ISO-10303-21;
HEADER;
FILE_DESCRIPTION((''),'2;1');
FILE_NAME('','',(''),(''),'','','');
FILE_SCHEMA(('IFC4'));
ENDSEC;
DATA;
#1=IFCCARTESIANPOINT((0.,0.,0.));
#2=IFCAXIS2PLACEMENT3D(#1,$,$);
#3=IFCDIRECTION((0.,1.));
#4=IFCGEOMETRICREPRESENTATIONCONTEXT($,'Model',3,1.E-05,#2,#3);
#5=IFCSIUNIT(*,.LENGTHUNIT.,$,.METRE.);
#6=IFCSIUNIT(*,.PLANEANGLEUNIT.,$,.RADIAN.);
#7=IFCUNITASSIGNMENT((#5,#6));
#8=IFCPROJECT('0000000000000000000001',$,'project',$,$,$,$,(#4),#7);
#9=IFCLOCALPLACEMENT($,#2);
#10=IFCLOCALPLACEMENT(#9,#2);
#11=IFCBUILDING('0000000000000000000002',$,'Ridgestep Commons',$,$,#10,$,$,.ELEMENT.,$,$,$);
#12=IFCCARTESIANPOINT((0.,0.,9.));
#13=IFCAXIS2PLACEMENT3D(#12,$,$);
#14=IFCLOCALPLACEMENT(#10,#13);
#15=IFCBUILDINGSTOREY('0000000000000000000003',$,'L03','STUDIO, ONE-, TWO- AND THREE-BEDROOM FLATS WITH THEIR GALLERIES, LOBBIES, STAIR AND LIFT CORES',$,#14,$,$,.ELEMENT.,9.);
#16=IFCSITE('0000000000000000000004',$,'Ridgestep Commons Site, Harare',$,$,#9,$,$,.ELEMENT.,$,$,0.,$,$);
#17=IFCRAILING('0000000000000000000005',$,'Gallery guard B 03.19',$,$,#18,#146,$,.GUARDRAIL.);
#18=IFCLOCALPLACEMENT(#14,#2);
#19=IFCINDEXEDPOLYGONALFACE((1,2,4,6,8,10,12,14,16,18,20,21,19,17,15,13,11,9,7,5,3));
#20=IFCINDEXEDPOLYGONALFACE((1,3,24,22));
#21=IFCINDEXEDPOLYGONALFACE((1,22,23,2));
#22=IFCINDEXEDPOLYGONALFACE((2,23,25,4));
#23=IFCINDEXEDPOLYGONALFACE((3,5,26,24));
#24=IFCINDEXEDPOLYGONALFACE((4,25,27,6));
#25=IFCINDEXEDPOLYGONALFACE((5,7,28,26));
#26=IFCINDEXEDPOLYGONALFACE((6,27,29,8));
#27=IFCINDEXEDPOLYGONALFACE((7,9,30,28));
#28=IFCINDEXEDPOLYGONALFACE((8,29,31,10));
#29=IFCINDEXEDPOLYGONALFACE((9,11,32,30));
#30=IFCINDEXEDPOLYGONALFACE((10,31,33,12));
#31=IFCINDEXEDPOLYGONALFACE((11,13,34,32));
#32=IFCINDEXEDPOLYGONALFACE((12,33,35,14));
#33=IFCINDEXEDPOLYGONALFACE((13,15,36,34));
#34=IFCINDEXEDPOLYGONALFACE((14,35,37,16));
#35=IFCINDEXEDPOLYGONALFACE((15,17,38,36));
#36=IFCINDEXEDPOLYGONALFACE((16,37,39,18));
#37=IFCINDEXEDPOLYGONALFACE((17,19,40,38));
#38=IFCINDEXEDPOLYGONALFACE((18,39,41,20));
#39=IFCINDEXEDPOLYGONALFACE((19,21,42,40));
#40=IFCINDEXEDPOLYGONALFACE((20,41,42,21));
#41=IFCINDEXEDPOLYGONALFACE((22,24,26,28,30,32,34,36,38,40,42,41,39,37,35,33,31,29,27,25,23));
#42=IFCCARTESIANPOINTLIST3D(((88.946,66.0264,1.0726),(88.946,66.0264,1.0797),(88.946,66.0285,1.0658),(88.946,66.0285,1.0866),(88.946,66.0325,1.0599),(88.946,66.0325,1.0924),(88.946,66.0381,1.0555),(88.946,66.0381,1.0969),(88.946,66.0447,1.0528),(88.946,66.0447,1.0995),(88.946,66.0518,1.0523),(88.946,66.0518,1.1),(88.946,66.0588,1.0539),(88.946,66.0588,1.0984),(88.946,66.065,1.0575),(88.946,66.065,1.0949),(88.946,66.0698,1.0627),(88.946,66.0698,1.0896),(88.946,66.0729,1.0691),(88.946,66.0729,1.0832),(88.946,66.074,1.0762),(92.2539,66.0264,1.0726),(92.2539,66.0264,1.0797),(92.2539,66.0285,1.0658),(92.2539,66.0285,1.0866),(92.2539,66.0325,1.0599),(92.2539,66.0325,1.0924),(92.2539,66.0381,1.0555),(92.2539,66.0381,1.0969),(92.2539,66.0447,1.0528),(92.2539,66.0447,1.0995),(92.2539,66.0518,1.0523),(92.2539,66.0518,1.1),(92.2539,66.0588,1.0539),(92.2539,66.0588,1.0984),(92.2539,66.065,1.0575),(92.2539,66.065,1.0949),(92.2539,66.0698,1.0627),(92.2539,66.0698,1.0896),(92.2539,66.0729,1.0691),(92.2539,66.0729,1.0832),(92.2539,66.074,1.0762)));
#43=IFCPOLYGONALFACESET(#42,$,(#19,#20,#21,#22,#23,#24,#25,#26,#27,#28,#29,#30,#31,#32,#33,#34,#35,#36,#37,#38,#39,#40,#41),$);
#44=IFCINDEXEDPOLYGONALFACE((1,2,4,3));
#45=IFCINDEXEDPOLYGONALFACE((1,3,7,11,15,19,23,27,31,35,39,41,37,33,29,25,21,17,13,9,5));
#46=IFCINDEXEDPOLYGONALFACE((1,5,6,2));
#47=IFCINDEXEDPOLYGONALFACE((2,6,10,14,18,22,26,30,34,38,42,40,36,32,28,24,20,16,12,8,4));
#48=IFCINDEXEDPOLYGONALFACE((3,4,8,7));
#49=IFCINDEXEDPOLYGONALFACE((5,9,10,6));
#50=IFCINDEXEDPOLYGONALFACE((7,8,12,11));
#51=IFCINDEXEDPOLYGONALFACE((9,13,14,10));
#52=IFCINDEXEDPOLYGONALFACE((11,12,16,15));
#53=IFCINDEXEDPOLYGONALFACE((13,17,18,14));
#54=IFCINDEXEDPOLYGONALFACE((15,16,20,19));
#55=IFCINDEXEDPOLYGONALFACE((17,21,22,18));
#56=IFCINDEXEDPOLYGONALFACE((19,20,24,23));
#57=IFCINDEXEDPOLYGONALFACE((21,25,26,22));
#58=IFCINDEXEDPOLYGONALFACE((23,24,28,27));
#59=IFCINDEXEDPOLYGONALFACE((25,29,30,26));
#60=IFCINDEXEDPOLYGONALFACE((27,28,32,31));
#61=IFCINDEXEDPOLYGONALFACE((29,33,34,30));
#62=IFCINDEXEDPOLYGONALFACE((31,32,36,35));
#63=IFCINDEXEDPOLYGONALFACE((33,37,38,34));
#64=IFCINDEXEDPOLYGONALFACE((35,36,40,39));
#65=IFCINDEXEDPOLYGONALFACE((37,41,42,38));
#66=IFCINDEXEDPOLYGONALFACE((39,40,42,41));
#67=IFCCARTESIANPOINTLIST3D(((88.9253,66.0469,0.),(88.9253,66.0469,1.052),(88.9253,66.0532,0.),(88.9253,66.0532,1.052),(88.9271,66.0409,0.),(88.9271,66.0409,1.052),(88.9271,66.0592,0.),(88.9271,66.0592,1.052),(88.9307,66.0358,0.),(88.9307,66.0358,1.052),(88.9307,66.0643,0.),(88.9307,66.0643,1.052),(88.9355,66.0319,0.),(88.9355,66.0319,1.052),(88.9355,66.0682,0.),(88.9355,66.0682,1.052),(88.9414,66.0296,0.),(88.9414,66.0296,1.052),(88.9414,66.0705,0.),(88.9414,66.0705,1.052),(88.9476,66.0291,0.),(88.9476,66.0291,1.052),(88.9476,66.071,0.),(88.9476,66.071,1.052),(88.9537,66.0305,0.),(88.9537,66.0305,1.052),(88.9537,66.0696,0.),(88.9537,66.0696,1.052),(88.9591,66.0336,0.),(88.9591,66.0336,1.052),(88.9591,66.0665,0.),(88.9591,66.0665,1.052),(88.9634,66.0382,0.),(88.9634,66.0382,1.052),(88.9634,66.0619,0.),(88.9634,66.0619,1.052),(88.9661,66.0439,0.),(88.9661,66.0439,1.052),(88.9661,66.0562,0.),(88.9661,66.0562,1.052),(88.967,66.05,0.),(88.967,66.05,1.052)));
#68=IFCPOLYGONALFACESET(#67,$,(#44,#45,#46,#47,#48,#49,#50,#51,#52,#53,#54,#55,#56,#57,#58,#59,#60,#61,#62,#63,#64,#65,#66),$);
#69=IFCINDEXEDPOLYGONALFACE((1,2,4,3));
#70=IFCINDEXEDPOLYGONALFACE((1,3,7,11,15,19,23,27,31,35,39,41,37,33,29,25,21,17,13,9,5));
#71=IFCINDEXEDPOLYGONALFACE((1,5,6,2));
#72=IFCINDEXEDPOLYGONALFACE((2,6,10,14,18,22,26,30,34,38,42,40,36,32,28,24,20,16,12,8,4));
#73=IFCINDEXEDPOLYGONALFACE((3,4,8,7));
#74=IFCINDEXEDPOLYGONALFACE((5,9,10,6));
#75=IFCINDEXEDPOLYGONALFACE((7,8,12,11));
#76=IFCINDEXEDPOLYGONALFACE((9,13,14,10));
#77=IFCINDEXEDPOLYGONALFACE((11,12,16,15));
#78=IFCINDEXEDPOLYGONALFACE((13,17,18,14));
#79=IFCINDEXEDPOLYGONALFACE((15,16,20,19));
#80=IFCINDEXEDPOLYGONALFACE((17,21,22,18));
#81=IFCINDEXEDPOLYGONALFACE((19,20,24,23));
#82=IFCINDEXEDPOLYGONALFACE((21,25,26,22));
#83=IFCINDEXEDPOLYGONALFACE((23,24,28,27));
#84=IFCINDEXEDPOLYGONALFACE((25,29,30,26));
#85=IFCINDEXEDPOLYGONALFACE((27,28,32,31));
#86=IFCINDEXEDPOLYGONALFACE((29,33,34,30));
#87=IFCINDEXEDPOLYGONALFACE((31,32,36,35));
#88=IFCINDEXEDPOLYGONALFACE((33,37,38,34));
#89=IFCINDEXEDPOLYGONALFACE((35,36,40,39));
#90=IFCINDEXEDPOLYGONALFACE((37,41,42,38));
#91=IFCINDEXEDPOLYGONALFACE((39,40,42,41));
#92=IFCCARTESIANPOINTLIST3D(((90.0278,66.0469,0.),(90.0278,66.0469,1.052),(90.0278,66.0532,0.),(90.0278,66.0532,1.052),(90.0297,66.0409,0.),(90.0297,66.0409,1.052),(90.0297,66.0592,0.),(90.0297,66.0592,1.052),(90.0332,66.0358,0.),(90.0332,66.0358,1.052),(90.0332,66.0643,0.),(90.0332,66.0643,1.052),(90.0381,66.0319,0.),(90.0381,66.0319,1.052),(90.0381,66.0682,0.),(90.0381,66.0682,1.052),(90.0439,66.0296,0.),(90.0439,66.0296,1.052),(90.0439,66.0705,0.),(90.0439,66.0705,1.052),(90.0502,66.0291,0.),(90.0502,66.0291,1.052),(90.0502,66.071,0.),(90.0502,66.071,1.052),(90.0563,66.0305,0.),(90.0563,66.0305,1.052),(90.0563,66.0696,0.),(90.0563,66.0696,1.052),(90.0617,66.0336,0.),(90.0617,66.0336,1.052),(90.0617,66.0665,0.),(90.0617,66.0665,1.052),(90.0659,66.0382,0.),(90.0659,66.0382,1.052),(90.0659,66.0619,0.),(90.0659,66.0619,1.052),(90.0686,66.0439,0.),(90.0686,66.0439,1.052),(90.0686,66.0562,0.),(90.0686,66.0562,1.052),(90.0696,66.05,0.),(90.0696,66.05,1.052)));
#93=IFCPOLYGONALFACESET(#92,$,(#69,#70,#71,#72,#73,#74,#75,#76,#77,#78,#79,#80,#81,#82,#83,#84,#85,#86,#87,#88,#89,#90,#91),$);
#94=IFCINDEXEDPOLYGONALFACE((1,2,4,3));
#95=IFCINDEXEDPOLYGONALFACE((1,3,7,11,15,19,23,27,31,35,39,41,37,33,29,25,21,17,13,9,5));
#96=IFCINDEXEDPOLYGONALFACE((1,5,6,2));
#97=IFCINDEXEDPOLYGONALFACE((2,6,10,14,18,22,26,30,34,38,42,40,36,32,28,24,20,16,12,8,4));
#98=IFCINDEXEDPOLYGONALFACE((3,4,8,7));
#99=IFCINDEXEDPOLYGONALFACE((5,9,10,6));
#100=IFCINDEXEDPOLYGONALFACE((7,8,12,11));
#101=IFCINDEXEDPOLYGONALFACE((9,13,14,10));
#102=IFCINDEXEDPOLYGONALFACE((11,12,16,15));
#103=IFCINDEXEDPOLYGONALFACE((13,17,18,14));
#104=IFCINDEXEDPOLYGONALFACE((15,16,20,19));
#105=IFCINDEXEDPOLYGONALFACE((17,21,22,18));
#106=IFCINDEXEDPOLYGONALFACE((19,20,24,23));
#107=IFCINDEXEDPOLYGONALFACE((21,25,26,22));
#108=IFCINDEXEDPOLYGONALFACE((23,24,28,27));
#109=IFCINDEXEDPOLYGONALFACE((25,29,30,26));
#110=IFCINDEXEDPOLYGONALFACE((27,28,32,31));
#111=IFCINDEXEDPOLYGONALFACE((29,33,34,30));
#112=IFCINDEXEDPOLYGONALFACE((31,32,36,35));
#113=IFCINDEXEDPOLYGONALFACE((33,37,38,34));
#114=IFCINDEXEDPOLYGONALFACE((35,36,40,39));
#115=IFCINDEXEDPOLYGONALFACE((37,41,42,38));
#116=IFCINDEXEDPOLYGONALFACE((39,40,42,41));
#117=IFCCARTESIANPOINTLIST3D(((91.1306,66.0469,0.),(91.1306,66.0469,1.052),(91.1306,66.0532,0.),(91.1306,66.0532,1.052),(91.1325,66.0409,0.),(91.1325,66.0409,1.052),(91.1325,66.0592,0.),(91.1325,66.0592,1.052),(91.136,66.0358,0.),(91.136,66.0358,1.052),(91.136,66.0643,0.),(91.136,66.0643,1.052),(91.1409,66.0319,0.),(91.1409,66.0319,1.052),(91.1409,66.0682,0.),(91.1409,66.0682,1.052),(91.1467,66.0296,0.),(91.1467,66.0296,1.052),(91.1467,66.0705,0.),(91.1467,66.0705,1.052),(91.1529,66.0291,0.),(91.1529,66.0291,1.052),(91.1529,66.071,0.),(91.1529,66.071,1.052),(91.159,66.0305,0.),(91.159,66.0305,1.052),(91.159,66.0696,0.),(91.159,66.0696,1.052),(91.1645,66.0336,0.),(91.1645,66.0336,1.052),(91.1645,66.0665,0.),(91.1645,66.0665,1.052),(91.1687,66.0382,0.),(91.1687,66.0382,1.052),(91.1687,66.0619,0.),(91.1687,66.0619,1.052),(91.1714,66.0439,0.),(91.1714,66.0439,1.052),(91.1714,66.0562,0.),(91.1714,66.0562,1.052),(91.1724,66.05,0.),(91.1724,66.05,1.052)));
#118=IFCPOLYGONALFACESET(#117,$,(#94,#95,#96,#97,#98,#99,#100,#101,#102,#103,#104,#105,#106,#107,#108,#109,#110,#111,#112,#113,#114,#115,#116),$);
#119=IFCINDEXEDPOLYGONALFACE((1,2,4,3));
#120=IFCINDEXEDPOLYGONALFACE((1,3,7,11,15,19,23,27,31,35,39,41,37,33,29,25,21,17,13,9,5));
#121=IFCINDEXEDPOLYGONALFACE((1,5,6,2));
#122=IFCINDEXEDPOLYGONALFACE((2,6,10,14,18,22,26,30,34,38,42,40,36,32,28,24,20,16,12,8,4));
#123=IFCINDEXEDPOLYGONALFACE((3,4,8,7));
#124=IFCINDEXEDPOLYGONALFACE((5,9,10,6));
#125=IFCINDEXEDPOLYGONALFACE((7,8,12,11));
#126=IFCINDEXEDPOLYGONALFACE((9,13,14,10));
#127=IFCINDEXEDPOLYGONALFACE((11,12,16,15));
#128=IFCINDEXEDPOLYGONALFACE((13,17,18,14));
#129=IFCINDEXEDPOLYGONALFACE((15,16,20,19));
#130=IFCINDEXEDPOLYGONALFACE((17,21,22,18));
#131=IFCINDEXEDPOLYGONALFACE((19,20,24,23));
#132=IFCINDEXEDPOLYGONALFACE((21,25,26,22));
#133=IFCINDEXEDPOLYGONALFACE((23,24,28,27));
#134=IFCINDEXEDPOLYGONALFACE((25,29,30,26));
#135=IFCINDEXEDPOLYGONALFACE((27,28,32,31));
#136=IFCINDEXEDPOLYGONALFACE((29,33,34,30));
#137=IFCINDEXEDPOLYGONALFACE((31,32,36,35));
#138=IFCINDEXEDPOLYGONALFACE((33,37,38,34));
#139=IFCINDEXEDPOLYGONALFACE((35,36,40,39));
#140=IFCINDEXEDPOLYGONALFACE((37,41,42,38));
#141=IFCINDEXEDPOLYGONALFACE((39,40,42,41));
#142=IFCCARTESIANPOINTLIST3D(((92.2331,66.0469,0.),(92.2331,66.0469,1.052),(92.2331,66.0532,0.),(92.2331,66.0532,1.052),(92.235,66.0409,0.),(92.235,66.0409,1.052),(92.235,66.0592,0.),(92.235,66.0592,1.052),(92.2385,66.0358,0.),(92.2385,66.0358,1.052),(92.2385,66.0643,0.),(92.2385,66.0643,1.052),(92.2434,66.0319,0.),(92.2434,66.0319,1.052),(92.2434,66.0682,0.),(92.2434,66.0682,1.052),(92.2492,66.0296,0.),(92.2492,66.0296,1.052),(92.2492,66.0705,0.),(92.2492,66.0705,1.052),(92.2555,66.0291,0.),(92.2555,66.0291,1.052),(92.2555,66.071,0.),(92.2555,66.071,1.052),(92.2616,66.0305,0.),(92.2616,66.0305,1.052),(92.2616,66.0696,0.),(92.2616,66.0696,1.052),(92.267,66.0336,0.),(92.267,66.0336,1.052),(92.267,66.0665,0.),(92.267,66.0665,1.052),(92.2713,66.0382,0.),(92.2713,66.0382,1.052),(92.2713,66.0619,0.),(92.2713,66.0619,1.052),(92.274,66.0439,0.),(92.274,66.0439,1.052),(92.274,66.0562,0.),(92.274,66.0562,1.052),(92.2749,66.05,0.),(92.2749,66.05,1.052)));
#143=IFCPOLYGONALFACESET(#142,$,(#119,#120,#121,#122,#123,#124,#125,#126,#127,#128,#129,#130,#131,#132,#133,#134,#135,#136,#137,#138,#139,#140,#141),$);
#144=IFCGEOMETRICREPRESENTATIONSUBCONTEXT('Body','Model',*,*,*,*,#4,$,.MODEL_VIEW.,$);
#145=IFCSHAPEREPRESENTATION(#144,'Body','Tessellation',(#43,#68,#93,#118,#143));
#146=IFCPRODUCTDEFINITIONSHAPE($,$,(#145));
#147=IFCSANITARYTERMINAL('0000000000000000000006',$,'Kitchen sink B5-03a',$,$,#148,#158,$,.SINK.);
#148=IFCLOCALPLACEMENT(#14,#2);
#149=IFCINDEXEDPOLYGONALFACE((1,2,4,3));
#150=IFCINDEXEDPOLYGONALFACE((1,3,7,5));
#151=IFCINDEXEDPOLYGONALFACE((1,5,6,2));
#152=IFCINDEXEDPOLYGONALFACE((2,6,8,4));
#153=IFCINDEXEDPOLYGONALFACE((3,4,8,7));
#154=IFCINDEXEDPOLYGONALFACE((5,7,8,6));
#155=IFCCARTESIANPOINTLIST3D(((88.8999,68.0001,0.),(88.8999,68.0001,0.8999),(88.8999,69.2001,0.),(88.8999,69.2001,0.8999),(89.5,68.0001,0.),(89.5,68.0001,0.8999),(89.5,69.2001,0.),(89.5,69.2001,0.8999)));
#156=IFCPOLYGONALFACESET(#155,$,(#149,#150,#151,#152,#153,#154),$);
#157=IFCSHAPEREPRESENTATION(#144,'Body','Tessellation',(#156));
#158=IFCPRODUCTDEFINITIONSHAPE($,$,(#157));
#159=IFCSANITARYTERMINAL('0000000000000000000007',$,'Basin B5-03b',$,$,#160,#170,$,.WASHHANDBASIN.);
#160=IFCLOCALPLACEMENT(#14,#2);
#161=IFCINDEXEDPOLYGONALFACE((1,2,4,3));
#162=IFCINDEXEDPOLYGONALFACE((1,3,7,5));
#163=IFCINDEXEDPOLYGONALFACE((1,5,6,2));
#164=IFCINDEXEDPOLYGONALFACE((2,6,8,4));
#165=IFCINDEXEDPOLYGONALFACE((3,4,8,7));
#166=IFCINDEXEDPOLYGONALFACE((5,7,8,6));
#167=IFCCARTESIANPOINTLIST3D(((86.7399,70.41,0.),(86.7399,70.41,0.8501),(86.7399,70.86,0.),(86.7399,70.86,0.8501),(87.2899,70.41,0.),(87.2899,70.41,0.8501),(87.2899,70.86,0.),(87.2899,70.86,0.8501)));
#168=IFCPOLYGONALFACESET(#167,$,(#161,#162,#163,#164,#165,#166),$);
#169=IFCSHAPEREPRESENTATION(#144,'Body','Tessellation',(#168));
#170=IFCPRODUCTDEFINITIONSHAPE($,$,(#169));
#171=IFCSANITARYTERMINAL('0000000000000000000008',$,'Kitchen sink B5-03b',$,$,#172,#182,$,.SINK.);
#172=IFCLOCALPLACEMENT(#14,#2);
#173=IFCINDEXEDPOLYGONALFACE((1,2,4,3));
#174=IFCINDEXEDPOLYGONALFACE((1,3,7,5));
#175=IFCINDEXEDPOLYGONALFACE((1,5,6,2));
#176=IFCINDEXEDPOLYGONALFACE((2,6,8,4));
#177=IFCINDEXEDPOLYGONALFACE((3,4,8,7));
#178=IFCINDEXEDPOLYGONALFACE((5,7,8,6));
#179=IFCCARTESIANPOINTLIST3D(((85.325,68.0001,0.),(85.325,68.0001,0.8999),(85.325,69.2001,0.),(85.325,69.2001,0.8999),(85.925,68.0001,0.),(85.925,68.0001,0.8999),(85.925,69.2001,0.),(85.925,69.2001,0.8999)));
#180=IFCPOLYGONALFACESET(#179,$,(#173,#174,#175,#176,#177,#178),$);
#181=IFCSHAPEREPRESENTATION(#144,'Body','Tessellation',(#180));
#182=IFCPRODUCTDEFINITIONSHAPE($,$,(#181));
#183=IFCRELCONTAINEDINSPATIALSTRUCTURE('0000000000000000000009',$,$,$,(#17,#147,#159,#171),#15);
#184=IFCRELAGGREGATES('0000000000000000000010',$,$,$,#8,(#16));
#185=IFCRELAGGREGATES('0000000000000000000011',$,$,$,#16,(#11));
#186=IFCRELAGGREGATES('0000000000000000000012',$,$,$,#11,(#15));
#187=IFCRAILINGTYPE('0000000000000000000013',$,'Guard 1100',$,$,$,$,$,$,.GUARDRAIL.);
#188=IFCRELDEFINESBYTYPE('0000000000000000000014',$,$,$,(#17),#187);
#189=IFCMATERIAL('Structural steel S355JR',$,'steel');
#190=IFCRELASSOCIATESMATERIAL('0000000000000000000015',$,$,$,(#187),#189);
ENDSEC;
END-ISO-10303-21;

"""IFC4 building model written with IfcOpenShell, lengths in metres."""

from ifc_helpers import new_model, si_unit, direction, frame, origin, origin_2d, place, context, subcontext, project, spatial, rectangle, circle, extrude, material, type_object, element, save


model = new_model("IFC4")

# Units and contexts
model_context = context("Model", 3, precision=1e-05, world=origin(), true_north=direction((0.0, 1.0)))
body_context = subcontext(model_context, "Body", "Model", "MODEL_VIEW")
ifc_project = project(units=[si_unit("LENGTHUNIT", "METRE"), si_unit("PLANEANGLEUNIT", "RADIAN")], contexts=[model_context])

# Site, building, storey
site_placement = place(None, origin())
site = spatial("IfcSite", under=ifc_project, at=site_placement, Name="Ridgestep Commons Site, Harare", CompositionType="ELEMENT", RefElevation=0.0)
building_placement = place(site_placement, origin())
building = spatial("IfcBuilding", under=site, at=building_placement, Name="Ridgestep Commons", CompositionType="ELEMENT")
storey_placement = place(building_placement, frame((0.0, 0.0, 9.0)))
storey = spatial("IfcBuildingStorey", under=building, at=storey_placement, Name="L03", Description="STUDIO, ONE-, TWO- AND THREE-BEDROOM FLATS WITH THEIR GALLERIES, LOBBIES, STAIR AND LIFT CORES", CompositionType="ELEMENT", Elevation=9.0)

# Railing
ifc_material_1 = material(Name="Structural steel S355JR", Category="steel")
railing_type = type_object("IfcRailingType", Name="Guard 1100", PredefinedType="GUARDRAIL", material=ifc_material_1)
railing_placement = place(storey_placement, frame((88.946, 66.05, 0.0)))
element("IfcRailing", 1, at=railing_placement, inside=storey, type_object=railing_type, Name="Gallery guard B 03.19", PredefinedType="GUARDRAIL", context=body_context, shape_type="SweptSolid", body=[
    extrude(circle(Radius=0.0239, at=origin_2d()), frame((0.0, 0.0, 1.0762), z_axis=(1.0, 0.0, 0.0), x_axis=(0.0, 1.0, 0.0)), (0.0, 0.0, 1.0), 3.3079),
    extrude(circle(Radius=0.021, at=origin_2d()), origin(), (0.0, 0.0, 1.0), 1.052),
    extrude(circle(Radius=0.021, at=origin_2d()), frame((1.1025, 0.0, 0.0)), (0.0, 0.0, 1.0), 1.052),
    extrude(circle(Radius=0.021, at=origin_2d()), frame((2.2053, 0.0, 0.0)), (0.0, 0.0, 1.0), 1.052),
    extrude(circle(Radius=0.021, at=origin_2d()), frame((3.3079, 0.0, 0.0)), (0.0, 0.0, 1.0), 1.052),
])

# Sanitary terminals
sanitary_terminal_1_placement = place(storey_placement, frame((89.2, 68.6001, 0.0), z_axis=(0.0, 0.0, 1.0), x_axis=(1.0, 0.0, 0.0)))
element("IfcSanitaryTerminal", 2, at=sanitary_terminal_1_placement, inside=storey, Name="Kitchen sink B5-03a", PredefinedType="SINK", context=body_context, shape_type="SweptSolid", body=[
    extrude(rectangle(XDim=0.6001, YDim=1.2, at=origin_2d()), origin(), (0.0, 0.0, 1.0), 0.8999),
])
sanitary_terminal_2_placement = place(storey_placement, frame((87.0149, 70.635, 0.0), z_axis=(0.0, 0.0, 1.0), x_axis=(1.0, 0.0, 0.0)))
element("IfcSanitaryTerminal", 3, at=sanitary_terminal_2_placement, inside=storey, Name="Basin B5-03b", PredefinedType="WASHHANDBASIN", context=body_context, shape_type="SweptSolid", body=[
    extrude(rectangle(XDim=0.55, YDim=0.45, at=origin_2d()), origin(), (0.0, 0.0, 1.0), 0.8501),
])
sanitary_terminal_3_placement = place(storey_placement, frame((85.625, 68.6001, 0.0), z_axis=(0.0, 0.0, 1.0), x_axis=(1.0, 0.0, 0.0)))
element("IfcSanitaryTerminal", 4, at=sanitary_terminal_3_placement, inside=storey, Name="Kitchen sink B5-03b", PredefinedType="SINK", context=body_context, shape_type="SweptSolid", body=[
    extrude(rectangle(XDim=0.6001, YDim=1.2, at=origin_2d()), origin(), (0.0, 0.0, 1.0), 0.8999),
])

save(model, "model.ifc")
